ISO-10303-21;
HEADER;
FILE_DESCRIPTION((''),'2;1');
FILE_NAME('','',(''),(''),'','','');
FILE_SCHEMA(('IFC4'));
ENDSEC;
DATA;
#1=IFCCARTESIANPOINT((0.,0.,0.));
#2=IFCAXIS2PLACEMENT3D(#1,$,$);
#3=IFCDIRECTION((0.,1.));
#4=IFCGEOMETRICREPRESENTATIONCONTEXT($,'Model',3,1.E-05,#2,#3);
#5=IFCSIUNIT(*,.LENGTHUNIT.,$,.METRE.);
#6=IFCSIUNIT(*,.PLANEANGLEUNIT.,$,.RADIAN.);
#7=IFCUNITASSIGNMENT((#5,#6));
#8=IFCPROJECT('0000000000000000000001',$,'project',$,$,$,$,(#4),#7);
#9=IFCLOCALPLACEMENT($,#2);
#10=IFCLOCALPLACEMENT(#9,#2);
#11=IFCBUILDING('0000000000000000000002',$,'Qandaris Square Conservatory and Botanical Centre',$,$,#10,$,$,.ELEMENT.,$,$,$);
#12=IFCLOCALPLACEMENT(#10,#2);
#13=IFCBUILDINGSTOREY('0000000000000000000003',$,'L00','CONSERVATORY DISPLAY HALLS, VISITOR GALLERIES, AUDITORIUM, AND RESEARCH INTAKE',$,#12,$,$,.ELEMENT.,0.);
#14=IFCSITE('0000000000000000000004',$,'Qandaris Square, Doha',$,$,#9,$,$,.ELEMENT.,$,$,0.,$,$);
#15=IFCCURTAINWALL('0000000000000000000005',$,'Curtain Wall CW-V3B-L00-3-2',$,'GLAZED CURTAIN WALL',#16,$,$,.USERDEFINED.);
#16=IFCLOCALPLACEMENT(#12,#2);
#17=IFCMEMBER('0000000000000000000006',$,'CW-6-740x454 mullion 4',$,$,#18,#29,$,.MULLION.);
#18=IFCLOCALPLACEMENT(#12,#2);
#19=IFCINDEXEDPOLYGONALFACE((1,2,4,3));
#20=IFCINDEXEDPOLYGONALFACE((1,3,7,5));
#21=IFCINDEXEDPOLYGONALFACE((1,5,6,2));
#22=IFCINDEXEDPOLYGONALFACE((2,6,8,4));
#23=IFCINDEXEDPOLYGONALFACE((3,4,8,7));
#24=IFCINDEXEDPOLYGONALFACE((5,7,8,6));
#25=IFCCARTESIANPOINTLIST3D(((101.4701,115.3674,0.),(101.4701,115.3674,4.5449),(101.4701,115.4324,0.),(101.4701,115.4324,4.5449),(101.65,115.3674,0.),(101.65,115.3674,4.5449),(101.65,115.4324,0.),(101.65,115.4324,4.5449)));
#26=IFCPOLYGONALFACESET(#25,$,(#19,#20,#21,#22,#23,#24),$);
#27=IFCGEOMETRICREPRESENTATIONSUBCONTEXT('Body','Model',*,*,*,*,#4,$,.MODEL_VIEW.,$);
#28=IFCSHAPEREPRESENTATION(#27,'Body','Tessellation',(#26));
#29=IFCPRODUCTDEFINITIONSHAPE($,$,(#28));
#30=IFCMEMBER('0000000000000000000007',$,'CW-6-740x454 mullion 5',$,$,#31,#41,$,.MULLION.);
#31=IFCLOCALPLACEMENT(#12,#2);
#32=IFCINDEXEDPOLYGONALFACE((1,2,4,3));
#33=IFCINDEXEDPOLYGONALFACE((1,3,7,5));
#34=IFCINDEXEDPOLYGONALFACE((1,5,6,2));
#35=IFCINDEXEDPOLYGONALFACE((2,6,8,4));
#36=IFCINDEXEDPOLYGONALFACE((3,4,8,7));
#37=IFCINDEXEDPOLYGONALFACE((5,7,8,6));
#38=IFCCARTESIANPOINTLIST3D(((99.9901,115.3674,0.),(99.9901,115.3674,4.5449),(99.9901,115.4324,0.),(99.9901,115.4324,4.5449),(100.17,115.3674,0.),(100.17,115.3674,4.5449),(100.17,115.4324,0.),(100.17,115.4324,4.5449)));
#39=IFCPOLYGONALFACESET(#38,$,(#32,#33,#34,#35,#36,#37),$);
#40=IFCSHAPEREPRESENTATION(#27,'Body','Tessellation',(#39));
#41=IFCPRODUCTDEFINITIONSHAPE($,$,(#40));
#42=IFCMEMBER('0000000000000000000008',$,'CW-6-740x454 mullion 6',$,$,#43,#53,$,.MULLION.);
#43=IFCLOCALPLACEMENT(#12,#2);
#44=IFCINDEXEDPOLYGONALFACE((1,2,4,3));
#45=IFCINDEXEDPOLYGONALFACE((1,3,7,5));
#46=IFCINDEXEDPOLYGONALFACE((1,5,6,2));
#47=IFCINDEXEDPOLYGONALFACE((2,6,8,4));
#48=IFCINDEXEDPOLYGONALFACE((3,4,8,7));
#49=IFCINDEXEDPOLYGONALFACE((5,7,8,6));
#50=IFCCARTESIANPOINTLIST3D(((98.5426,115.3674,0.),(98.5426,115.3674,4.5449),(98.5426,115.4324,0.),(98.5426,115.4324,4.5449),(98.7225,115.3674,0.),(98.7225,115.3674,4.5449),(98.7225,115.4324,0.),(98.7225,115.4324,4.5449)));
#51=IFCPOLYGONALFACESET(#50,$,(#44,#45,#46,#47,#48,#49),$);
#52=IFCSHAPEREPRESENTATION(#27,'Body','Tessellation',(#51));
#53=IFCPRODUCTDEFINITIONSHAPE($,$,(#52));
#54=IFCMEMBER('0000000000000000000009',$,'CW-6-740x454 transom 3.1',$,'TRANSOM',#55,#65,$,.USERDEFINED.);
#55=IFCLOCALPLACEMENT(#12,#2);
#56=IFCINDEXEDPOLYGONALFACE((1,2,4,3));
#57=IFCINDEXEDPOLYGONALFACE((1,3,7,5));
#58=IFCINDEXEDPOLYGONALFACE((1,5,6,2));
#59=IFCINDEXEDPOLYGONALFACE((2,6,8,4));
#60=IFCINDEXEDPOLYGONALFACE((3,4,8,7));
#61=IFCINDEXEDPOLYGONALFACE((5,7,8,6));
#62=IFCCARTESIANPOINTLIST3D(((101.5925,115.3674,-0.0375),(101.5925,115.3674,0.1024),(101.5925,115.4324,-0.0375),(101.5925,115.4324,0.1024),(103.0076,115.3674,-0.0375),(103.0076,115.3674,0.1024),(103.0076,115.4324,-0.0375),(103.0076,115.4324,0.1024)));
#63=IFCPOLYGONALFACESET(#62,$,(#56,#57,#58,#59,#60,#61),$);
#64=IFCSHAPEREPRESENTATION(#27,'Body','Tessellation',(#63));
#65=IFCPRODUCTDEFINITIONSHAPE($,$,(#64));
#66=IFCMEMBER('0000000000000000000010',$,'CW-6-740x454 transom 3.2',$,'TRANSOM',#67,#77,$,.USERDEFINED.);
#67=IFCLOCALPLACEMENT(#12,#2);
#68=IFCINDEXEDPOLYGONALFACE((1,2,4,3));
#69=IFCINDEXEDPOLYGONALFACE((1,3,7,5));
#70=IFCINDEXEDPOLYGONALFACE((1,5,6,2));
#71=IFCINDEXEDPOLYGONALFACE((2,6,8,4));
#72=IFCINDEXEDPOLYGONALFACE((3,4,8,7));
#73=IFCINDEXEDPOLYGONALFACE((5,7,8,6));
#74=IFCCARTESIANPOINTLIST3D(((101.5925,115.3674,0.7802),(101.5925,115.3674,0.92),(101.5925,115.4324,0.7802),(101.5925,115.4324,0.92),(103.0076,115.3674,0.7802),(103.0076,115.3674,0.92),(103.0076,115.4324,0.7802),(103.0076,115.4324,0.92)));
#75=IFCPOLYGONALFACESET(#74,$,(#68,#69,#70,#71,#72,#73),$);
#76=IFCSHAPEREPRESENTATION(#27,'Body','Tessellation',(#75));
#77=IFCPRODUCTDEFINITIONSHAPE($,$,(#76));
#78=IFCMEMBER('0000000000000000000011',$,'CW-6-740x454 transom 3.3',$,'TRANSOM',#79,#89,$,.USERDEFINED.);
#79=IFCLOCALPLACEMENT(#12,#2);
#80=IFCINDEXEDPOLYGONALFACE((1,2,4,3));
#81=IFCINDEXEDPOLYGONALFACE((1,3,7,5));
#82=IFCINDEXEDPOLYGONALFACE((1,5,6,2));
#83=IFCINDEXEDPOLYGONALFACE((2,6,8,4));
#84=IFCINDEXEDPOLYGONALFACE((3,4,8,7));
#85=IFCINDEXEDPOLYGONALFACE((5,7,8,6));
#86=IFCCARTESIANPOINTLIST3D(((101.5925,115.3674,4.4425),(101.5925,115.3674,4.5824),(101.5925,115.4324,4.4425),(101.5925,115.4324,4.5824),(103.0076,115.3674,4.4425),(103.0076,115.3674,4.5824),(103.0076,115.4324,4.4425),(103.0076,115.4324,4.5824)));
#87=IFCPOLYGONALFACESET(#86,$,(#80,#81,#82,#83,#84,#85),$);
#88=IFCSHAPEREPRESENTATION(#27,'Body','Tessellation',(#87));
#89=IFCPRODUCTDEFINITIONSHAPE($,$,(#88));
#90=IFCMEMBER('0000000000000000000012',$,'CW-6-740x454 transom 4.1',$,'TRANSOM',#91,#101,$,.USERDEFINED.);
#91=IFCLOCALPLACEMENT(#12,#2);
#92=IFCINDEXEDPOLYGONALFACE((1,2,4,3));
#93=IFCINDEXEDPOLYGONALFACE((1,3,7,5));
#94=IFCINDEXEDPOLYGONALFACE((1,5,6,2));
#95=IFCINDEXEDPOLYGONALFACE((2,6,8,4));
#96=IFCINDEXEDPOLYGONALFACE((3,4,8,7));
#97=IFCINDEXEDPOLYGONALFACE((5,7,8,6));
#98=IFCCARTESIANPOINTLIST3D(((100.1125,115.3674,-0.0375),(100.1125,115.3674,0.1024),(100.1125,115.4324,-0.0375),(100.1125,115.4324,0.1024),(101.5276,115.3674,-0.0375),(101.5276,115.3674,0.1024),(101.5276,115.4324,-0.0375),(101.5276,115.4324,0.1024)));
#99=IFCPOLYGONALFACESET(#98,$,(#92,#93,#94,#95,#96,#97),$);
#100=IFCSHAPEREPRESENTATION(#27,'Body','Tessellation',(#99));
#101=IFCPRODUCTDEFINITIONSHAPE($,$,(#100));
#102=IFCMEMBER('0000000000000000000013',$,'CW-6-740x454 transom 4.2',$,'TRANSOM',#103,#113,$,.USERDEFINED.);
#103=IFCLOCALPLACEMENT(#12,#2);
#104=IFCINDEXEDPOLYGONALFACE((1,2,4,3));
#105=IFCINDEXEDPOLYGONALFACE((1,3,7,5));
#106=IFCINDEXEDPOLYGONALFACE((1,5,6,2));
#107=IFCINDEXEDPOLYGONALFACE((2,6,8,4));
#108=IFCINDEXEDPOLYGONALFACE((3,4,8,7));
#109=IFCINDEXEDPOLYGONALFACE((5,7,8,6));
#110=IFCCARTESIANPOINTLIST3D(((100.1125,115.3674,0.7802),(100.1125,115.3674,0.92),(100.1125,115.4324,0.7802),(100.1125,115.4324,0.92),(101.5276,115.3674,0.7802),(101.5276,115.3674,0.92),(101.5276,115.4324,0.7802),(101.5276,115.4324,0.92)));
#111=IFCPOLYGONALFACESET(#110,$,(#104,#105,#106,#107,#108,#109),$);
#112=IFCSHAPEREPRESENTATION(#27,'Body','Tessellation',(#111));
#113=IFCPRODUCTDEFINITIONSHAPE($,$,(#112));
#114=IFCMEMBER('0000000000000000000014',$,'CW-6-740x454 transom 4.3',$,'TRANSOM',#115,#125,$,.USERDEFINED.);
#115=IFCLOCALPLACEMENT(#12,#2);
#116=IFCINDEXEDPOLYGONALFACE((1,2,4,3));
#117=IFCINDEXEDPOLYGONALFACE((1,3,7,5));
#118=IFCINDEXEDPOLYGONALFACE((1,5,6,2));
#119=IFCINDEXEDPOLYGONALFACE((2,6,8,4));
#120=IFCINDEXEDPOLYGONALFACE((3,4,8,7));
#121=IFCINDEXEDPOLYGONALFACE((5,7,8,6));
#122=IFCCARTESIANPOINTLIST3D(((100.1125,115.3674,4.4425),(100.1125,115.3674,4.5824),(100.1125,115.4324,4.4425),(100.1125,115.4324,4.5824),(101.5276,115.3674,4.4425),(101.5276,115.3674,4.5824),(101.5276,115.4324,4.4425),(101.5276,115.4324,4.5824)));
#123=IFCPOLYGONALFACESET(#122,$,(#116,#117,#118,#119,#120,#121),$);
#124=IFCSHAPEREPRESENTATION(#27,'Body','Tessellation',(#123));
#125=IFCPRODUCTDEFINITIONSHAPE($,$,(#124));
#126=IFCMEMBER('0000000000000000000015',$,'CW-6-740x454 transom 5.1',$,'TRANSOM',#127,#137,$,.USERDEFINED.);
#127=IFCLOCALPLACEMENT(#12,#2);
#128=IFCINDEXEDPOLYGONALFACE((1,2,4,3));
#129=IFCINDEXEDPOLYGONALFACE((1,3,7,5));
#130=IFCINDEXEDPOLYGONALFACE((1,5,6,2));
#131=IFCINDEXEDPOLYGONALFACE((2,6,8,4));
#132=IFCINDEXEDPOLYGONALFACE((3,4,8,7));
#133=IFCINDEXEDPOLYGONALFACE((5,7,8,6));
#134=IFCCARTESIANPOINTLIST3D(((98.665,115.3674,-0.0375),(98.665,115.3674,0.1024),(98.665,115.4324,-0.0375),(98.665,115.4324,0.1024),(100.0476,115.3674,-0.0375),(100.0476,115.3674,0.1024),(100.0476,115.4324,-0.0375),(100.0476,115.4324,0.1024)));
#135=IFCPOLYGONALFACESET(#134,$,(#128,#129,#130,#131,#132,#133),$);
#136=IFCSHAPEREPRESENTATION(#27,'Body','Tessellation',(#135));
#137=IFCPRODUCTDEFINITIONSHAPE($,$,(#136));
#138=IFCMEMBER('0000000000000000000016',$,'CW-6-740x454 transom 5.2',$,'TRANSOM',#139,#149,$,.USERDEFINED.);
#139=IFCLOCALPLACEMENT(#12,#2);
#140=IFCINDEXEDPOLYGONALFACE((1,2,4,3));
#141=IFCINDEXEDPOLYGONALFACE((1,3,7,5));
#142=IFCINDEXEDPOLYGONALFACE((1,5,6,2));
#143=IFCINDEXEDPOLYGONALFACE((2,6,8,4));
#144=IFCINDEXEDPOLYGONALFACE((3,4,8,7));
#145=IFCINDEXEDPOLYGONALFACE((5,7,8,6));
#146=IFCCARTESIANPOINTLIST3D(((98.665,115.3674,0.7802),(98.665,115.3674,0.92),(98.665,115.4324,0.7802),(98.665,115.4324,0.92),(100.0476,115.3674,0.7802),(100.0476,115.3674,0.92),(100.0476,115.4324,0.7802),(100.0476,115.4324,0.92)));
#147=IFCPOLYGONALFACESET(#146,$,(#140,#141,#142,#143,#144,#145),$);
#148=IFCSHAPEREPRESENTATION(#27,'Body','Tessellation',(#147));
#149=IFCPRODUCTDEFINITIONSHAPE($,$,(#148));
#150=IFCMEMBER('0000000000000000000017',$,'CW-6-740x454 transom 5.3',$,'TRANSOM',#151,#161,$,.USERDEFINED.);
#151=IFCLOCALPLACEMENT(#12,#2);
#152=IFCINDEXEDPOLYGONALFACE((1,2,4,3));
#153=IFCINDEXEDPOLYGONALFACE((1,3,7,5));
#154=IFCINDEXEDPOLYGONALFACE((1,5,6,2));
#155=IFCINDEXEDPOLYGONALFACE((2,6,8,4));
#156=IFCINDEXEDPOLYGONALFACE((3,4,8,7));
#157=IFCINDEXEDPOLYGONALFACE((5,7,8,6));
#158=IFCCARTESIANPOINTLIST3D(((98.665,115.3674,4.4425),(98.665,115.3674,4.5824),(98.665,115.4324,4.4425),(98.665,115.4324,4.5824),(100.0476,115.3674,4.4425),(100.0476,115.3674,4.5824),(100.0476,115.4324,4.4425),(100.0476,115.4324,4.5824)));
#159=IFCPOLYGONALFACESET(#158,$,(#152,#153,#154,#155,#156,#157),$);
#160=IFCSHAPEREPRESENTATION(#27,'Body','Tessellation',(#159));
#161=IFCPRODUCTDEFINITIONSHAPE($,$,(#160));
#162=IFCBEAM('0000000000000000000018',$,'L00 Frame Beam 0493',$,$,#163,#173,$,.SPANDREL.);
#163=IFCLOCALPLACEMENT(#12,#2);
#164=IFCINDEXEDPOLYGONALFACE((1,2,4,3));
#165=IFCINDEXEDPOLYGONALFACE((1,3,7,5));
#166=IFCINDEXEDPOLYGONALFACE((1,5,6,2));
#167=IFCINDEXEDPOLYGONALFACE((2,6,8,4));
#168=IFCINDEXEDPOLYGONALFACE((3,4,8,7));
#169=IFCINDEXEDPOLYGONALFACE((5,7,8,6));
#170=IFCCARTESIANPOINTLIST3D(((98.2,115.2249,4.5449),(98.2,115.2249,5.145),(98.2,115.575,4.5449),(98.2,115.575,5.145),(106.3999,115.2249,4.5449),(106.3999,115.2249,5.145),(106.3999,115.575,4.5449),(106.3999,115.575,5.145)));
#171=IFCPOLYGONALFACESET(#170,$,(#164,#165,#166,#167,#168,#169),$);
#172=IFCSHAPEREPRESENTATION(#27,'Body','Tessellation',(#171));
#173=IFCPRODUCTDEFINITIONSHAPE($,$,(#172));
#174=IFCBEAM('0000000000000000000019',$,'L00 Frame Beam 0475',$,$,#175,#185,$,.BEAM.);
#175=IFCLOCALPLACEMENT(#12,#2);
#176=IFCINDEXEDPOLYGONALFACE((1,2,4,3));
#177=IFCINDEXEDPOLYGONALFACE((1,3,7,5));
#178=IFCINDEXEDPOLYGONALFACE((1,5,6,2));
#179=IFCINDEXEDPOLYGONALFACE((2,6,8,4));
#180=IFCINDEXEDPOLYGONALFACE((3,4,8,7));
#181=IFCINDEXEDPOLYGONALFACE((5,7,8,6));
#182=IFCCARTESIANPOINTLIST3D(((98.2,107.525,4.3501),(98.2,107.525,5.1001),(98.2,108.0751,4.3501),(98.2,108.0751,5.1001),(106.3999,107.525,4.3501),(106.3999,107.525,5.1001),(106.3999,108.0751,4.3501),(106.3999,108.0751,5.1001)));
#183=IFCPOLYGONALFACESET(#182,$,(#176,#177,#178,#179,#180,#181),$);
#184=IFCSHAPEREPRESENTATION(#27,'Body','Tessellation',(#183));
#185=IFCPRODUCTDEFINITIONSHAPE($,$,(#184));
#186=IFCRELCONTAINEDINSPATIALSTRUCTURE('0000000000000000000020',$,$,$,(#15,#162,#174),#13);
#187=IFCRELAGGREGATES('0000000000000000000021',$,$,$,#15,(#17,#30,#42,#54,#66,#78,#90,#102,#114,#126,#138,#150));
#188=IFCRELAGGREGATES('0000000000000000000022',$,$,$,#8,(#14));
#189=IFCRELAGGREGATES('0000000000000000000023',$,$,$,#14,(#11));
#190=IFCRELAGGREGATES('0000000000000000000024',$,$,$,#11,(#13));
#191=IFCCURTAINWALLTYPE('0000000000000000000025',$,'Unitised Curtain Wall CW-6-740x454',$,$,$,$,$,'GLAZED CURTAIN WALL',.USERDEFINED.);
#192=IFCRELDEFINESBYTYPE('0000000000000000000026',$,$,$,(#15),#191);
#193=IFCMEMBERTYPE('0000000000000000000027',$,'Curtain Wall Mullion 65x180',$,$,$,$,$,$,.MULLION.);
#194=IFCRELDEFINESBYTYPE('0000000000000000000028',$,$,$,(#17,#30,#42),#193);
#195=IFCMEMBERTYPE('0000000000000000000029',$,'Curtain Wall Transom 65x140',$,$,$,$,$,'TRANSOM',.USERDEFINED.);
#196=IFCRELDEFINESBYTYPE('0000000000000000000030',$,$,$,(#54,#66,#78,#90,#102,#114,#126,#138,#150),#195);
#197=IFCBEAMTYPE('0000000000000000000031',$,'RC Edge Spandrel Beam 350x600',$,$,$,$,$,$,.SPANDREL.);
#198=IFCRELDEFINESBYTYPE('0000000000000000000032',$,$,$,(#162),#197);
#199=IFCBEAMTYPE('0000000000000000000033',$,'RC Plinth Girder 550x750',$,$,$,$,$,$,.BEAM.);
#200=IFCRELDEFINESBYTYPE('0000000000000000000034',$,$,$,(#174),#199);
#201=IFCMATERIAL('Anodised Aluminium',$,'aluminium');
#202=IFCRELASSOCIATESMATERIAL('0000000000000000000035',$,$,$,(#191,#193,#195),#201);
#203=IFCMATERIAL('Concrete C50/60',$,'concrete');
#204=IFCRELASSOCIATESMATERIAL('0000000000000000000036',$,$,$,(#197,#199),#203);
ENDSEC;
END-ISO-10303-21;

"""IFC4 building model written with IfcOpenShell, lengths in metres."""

from ifc_helpers import new_model, si_unit, direction, frame, origin, origin_2d, place, context, subcontext, project, spatial, rectangle, extrude, material, material_profile, profile_set, type_object, element, aggregate, save


model = new_model("IFC4")

# Units and contexts
model_context = context("Model", 3, precision=1e-05, world=origin(), true_north=direction((0.0, 1.0)))
body_context = subcontext(model_context, "Body", "Model", "MODEL_VIEW")
ifc_project = project(units=[si_unit("LENGTHUNIT", "METRE"), si_unit("PLANEANGLEUNIT", "RADIAN")], contexts=[model_context])

# Site, building, storey
site_placement = place(None, origin())
site = spatial("IfcSite", under=ifc_project, at=site_placement, Name="Qandaris Square, Doha", CompositionType="ELEMENT", RefElevation=0.0)
building_placement = place(site_placement, origin())
building = spatial("IfcBuilding", under=site, at=building_placement, Name="Qandaris Square Conservatory and Botanical Centre", CompositionType="ELEMENT")
storey_placement = place(building_placement, origin())
storey = spatial("IfcBuildingStorey", under=building, at=storey_placement, Name="L00", Description="CONSERVATORY DISPLAY HALLS, VISITOR GALLERIES, AUDITORIUM, AND RESEARCH INTAKE", CompositionType="ELEMENT", Elevation=0.0)

# Shared definitions
ifc_material_1 = material(Name="Concrete C50/60", Category="concrete")

# Curtain wall, members
ifc_material_2 = material(Name="Anodised Aluminium", Category="aluminium")
curtain_wall_type = type_object("IfcCurtainWallType", Name="Unitised Curtain Wall CW-6-740x454", ElementType="GLAZED CURTAIN WALL", PredefinedType="USERDEFINED", material=ifc_material_2)
curtain_wall_placement = place(storey_placement, origin())
curtain_wall = element("IfcCurtainWall", 1, at=curtain_wall_placement, inside=storey, type_object=curtain_wall_type, Name="Curtain Wall CW-V3B-L00-3-2", ObjectType="GLAZED CURTAIN WALL", PredefinedType="USERDEFINED")
ifc_material_profile_1 = material_profile(ifc_material_2, rectangle(XDim=0.0649, YDim=0.1799, at=origin_2d()), Name="ALU-MUL 65x180")
ifc_profile_set_1 = profile_set([ifc_material_profile_1], Name="Anodised Aluminium")
member_type_1 = type_object("IfcMemberType", Name="Curtain Wall Mullion 65x180", PredefinedType="MULLION", material=ifc_profile_set_1)
member_1_placement = place(storey_placement, frame((101.5601, 115.3999, 0.0), z_axis=(0.0, 0.0, 1.0), x_axis=(0.0, -1.0, 0.0)))
member_1 = element("IfcMember", 2, at=member_1_placement, type_object=member_type_1, Name="CW-6-740x454 mullion 4", PredefinedType="MULLION", context=body_context, shape_type="SweptSolid", body=[
    extrude(rectangle(XDim=0.0649, YDim=0.1799, at=origin_2d()), origin(), (0.0, 0.0, 1.0), 4.5449),
])
member_2_placement = place(storey_placement, frame((100.0801, 115.3999, 0.0), z_axis=(0.0, 0.0, 1.0), x_axis=(0.0, -1.0, 0.0)))
member_2 = element("IfcMember", 3, at=member_2_placement, type_object=member_type_1, Name="CW-6-740x454 mullion 5", PredefinedType="MULLION", context=body_context, shape_type="SweptSolid", body=[
    extrude(rectangle(XDim=0.0649, YDim=0.1799, at=origin_2d()), origin(), (0.0, 0.0, 1.0), 4.5449),
])
member_3_placement = place(storey_placement, frame((98.6326, 115.3999, 0.0), z_axis=(0.0, 0.0, 1.0), x_axis=(0.0, -1.0, 0.0)))
member_3 = element("IfcMember", 4, at=member_3_placement, type_object=member_type_1, Name="CW-6-740x454 mullion 6", PredefinedType="MULLION", context=body_context, shape_type="SweptSolid", body=[
    extrude(rectangle(XDim=0.0649, YDim=0.1799, at=origin_2d()), origin(), (0.0, 0.0, 1.0), 4.5449),
])
ifc_material_profile_2 = material_profile(ifc_material_2, rectangle(XDim=0.0649, YDim=0.1399, at=origin_2d()), Name="ALU-TRN 65x140")
ifc_profile_set_2 = profile_set([ifc_material_profile_2], Name="Anodised Aluminium")
member_type_2 = type_object("IfcMemberType", Name="Curtain Wall Transom 65x140", ElementType="TRANSOM", PredefinedType="USERDEFINED", material=ifc_profile_set_2)
member_4_placement = place(storey_placement, frame((103.0076, 115.3999, 0.0325), z_axis=(-1.0, 0.0, 0.0), x_axis=(0.0, -1.0, 0.0)))
member_4 = element("IfcMember", 5, at=member_4_placement, type_object=member_type_2, Name="CW-6-740x454 transom 3.1", ObjectType="TRANSOM", PredefinedType="USERDEFINED", context=body_context, shape_type="SweptSolid", body=[
    extrude(rectangle(XDim=0.0649, YDim=0.1399, at=origin_2d()), origin(), (0.0, 0.0, 1.0), 1.415),
])
member_5_placement = place(storey_placement, frame((103.0076, 115.3999, 0.8501), z_axis=(-1.0, 0.0, 0.0), x_axis=(0.0, -1.0, 0.0)))
member_5 = element("IfcMember", 6, at=member_5_placement, type_object=member_type_2, Name="CW-6-740x454 transom 3.2", ObjectType="TRANSOM", PredefinedType="USERDEFINED", context=body_context, shape_type="SweptSolid", body=[
    extrude(rectangle(XDim=0.0649, YDim=0.1399, at=origin_2d()), origin(), (0.0, 0.0, 1.0), 1.415),
])
member_6_placement = place(storey_placement, frame((103.0076, 115.3999, 4.5125), z_axis=(-1.0, 0.0, 0.0), x_axis=(0.0, -1.0, 0.0)))
member_6 = element("IfcMember", 7, at=member_6_placement, type_object=member_type_2, Name="CW-6-740x454 transom 3.3", ObjectType="TRANSOM", PredefinedType="USERDEFINED", context=body_context, shape_type="SweptSolid", body=[
    extrude(rectangle(XDim=0.0649, YDim=0.1399, at=origin_2d()), origin(), (0.0, 0.0, 1.0), 1.415),
])
member_7_placement = place(storey_placement, frame((101.5276, 115.3999, 0.0325), z_axis=(-1.0, 0.0, 0.0), x_axis=(0.0, -1.0, 0.0)))
member_7 = element("IfcMember", 8, at=member_7_placement, type_object=member_type_2, Name="CW-6-740x454 transom 4.1", ObjectType="TRANSOM", PredefinedType="USERDEFINED", context=body_context, shape_type="SweptSolid", body=[
    extrude(rectangle(XDim=0.0649, YDim=0.1399, at=origin_2d()), origin(), (0.0, 0.0, 1.0), 1.415),
])
member_8_placement = place(storey_placement, frame((101.5276, 115.3999, 0.8501), z_axis=(-1.0, 0.0, 0.0), x_axis=(0.0, -1.0, 0.0)))
member_8 = element("IfcMember", 9, at=member_8_placement, type_object=member_type_2, Name="CW-6-740x454 transom 4.2", ObjectType="TRANSOM", PredefinedType="USERDEFINED", context=body_context, shape_type="SweptSolid", body=[
    extrude(rectangle(XDim=0.0649, YDim=0.1399, at=origin_2d()), origin(), (0.0, 0.0, 1.0), 1.415),
])
member_9_placement = place(storey_placement, frame((101.5276, 115.3999, 4.5125), z_axis=(-1.0, 0.0, 0.0), x_axis=(0.0, -1.0, 0.0)))
member_9 = element("IfcMember", 10, at=member_9_placement, type_object=member_type_2, Name="CW-6-740x454 transom 4.3", ObjectType="TRANSOM", PredefinedType="USERDEFINED", context=body_context, shape_type="SweptSolid", body=[
    extrude(rectangle(XDim=0.0649, YDim=0.1399, at=origin_2d()), origin(), (0.0, 0.0, 1.0), 1.415),
])
member_10_placement = place(storey_placement, frame((100.0476, 115.3999, 0.0325), z_axis=(-1.0, 0.0, 0.0), x_axis=(0.0, -1.0, 0.0)))
member_10 = element("IfcMember", 11, at=member_10_placement, type_object=member_type_2, Name="CW-6-740x454 transom 5.1", ObjectType="TRANSOM", PredefinedType="USERDEFINED", context=body_context, shape_type="SweptSolid", body=[
    extrude(rectangle(XDim=0.0649, YDim=0.1399, at=origin_2d()), origin(), (0.0, 0.0, 1.0), 1.3826),
])
member_11_placement = place(storey_placement, frame((100.0476, 115.3999, 0.8501), z_axis=(-1.0, 0.0, 0.0), x_axis=(0.0, -1.0, 0.0)))
member_11 = element("IfcMember", 12, at=member_11_placement, type_object=member_type_2, Name="CW-6-740x454 transom 5.2", ObjectType="TRANSOM", PredefinedType="USERDEFINED", context=body_context, shape_type="SweptSolid", body=[
    extrude(rectangle(XDim=0.0649, YDim=0.1399, at=origin_2d()), origin(), (0.0, 0.0, 1.0), 1.3826),
])
member_12_placement = place(storey_placement, frame((100.0476, 115.3999, 4.5125), z_axis=(-1.0, 0.0, 0.0), x_axis=(0.0, -1.0, 0.0)))
member_12 = element("IfcMember", 13, at=member_12_placement, type_object=member_type_2, Name="CW-6-740x454 transom 5.3", ObjectType="TRANSOM", PredefinedType="USERDEFINED", context=body_context, shape_type="SweptSolid", body=[
    extrude(rectangle(XDim=0.0649, YDim=0.1399, at=origin_2d()), origin(), (0.0, 0.0, 1.0), 1.3826),
])

# Beams
ifc_material_profile_3 = material_profile(ifc_material_1, rectangle(XDim=0.3501, YDim=0.6001, at=origin_2d()), Name="RC-SP 350x600")
ifc_profile_set_3 = profile_set([ifc_material_profile_3], Name="Concrete C50/60")
beam_type_1 = type_object("IfcBeamType", Name="RC Edge Spandrel Beam 350x600", PredefinedType="SPANDREL", material=ifc_profile_set_3)
beam_1_placement = place(storey_placement, frame((98.2, 115.3999, 4.845), z_axis=(1.0, 0.0, 0.0), x_axis=(0.0, 1.0, 0.0)))
element("IfcBeam", 14, at=beam_1_placement, inside=storey, type_object=beam_type_1, Name="L00 Frame Beam 0493", PredefinedType="SPANDREL", context=body_context, shape_type="SweptSolid", body=[
    extrude(rectangle(XDim=0.3501, YDim=0.6001, at=origin_2d()), origin(), (0.0, 0.0, 1.0), 8.2),
])
ifc_material_profile_4 = material_profile(ifc_material_1, rectangle(XDim=0.55, YDim=0.75, at=origin_2d()), Name="RC-BM 550x750")
ifc_profile_set_4 = profile_set([ifc_material_profile_4], Name="Concrete C50/60")
beam_type_2 = type_object("IfcBeamType", Name="RC Plinth Girder 550x750", PredefinedType="BEAM", material=ifc_profile_set_4)
beam_2_placement = place(storey_placement, frame((98.2, 107.8, 4.7251), z_axis=(1.0, 0.0, 0.0), x_axis=(0.0, 1.0, 0.0)))
element("IfcBeam", 15, at=beam_2_placement, inside=storey, type_object=beam_type_2, Name="L00 Frame Beam 0475", PredefinedType="BEAM", context=body_context, shape_type="SweptSolid", body=[
    extrude(rectangle(XDim=0.55, YDim=0.75, at=origin_2d()), origin(), (0.0, 0.0, 1.0), 8.2),
])

aggregate(curtain_wall, [member_1, member_2, member_3, member_4, member_5, member_6, member_7, member_8, member_9, member_10, member_11, member_12])

save(model, "model.ifc")
